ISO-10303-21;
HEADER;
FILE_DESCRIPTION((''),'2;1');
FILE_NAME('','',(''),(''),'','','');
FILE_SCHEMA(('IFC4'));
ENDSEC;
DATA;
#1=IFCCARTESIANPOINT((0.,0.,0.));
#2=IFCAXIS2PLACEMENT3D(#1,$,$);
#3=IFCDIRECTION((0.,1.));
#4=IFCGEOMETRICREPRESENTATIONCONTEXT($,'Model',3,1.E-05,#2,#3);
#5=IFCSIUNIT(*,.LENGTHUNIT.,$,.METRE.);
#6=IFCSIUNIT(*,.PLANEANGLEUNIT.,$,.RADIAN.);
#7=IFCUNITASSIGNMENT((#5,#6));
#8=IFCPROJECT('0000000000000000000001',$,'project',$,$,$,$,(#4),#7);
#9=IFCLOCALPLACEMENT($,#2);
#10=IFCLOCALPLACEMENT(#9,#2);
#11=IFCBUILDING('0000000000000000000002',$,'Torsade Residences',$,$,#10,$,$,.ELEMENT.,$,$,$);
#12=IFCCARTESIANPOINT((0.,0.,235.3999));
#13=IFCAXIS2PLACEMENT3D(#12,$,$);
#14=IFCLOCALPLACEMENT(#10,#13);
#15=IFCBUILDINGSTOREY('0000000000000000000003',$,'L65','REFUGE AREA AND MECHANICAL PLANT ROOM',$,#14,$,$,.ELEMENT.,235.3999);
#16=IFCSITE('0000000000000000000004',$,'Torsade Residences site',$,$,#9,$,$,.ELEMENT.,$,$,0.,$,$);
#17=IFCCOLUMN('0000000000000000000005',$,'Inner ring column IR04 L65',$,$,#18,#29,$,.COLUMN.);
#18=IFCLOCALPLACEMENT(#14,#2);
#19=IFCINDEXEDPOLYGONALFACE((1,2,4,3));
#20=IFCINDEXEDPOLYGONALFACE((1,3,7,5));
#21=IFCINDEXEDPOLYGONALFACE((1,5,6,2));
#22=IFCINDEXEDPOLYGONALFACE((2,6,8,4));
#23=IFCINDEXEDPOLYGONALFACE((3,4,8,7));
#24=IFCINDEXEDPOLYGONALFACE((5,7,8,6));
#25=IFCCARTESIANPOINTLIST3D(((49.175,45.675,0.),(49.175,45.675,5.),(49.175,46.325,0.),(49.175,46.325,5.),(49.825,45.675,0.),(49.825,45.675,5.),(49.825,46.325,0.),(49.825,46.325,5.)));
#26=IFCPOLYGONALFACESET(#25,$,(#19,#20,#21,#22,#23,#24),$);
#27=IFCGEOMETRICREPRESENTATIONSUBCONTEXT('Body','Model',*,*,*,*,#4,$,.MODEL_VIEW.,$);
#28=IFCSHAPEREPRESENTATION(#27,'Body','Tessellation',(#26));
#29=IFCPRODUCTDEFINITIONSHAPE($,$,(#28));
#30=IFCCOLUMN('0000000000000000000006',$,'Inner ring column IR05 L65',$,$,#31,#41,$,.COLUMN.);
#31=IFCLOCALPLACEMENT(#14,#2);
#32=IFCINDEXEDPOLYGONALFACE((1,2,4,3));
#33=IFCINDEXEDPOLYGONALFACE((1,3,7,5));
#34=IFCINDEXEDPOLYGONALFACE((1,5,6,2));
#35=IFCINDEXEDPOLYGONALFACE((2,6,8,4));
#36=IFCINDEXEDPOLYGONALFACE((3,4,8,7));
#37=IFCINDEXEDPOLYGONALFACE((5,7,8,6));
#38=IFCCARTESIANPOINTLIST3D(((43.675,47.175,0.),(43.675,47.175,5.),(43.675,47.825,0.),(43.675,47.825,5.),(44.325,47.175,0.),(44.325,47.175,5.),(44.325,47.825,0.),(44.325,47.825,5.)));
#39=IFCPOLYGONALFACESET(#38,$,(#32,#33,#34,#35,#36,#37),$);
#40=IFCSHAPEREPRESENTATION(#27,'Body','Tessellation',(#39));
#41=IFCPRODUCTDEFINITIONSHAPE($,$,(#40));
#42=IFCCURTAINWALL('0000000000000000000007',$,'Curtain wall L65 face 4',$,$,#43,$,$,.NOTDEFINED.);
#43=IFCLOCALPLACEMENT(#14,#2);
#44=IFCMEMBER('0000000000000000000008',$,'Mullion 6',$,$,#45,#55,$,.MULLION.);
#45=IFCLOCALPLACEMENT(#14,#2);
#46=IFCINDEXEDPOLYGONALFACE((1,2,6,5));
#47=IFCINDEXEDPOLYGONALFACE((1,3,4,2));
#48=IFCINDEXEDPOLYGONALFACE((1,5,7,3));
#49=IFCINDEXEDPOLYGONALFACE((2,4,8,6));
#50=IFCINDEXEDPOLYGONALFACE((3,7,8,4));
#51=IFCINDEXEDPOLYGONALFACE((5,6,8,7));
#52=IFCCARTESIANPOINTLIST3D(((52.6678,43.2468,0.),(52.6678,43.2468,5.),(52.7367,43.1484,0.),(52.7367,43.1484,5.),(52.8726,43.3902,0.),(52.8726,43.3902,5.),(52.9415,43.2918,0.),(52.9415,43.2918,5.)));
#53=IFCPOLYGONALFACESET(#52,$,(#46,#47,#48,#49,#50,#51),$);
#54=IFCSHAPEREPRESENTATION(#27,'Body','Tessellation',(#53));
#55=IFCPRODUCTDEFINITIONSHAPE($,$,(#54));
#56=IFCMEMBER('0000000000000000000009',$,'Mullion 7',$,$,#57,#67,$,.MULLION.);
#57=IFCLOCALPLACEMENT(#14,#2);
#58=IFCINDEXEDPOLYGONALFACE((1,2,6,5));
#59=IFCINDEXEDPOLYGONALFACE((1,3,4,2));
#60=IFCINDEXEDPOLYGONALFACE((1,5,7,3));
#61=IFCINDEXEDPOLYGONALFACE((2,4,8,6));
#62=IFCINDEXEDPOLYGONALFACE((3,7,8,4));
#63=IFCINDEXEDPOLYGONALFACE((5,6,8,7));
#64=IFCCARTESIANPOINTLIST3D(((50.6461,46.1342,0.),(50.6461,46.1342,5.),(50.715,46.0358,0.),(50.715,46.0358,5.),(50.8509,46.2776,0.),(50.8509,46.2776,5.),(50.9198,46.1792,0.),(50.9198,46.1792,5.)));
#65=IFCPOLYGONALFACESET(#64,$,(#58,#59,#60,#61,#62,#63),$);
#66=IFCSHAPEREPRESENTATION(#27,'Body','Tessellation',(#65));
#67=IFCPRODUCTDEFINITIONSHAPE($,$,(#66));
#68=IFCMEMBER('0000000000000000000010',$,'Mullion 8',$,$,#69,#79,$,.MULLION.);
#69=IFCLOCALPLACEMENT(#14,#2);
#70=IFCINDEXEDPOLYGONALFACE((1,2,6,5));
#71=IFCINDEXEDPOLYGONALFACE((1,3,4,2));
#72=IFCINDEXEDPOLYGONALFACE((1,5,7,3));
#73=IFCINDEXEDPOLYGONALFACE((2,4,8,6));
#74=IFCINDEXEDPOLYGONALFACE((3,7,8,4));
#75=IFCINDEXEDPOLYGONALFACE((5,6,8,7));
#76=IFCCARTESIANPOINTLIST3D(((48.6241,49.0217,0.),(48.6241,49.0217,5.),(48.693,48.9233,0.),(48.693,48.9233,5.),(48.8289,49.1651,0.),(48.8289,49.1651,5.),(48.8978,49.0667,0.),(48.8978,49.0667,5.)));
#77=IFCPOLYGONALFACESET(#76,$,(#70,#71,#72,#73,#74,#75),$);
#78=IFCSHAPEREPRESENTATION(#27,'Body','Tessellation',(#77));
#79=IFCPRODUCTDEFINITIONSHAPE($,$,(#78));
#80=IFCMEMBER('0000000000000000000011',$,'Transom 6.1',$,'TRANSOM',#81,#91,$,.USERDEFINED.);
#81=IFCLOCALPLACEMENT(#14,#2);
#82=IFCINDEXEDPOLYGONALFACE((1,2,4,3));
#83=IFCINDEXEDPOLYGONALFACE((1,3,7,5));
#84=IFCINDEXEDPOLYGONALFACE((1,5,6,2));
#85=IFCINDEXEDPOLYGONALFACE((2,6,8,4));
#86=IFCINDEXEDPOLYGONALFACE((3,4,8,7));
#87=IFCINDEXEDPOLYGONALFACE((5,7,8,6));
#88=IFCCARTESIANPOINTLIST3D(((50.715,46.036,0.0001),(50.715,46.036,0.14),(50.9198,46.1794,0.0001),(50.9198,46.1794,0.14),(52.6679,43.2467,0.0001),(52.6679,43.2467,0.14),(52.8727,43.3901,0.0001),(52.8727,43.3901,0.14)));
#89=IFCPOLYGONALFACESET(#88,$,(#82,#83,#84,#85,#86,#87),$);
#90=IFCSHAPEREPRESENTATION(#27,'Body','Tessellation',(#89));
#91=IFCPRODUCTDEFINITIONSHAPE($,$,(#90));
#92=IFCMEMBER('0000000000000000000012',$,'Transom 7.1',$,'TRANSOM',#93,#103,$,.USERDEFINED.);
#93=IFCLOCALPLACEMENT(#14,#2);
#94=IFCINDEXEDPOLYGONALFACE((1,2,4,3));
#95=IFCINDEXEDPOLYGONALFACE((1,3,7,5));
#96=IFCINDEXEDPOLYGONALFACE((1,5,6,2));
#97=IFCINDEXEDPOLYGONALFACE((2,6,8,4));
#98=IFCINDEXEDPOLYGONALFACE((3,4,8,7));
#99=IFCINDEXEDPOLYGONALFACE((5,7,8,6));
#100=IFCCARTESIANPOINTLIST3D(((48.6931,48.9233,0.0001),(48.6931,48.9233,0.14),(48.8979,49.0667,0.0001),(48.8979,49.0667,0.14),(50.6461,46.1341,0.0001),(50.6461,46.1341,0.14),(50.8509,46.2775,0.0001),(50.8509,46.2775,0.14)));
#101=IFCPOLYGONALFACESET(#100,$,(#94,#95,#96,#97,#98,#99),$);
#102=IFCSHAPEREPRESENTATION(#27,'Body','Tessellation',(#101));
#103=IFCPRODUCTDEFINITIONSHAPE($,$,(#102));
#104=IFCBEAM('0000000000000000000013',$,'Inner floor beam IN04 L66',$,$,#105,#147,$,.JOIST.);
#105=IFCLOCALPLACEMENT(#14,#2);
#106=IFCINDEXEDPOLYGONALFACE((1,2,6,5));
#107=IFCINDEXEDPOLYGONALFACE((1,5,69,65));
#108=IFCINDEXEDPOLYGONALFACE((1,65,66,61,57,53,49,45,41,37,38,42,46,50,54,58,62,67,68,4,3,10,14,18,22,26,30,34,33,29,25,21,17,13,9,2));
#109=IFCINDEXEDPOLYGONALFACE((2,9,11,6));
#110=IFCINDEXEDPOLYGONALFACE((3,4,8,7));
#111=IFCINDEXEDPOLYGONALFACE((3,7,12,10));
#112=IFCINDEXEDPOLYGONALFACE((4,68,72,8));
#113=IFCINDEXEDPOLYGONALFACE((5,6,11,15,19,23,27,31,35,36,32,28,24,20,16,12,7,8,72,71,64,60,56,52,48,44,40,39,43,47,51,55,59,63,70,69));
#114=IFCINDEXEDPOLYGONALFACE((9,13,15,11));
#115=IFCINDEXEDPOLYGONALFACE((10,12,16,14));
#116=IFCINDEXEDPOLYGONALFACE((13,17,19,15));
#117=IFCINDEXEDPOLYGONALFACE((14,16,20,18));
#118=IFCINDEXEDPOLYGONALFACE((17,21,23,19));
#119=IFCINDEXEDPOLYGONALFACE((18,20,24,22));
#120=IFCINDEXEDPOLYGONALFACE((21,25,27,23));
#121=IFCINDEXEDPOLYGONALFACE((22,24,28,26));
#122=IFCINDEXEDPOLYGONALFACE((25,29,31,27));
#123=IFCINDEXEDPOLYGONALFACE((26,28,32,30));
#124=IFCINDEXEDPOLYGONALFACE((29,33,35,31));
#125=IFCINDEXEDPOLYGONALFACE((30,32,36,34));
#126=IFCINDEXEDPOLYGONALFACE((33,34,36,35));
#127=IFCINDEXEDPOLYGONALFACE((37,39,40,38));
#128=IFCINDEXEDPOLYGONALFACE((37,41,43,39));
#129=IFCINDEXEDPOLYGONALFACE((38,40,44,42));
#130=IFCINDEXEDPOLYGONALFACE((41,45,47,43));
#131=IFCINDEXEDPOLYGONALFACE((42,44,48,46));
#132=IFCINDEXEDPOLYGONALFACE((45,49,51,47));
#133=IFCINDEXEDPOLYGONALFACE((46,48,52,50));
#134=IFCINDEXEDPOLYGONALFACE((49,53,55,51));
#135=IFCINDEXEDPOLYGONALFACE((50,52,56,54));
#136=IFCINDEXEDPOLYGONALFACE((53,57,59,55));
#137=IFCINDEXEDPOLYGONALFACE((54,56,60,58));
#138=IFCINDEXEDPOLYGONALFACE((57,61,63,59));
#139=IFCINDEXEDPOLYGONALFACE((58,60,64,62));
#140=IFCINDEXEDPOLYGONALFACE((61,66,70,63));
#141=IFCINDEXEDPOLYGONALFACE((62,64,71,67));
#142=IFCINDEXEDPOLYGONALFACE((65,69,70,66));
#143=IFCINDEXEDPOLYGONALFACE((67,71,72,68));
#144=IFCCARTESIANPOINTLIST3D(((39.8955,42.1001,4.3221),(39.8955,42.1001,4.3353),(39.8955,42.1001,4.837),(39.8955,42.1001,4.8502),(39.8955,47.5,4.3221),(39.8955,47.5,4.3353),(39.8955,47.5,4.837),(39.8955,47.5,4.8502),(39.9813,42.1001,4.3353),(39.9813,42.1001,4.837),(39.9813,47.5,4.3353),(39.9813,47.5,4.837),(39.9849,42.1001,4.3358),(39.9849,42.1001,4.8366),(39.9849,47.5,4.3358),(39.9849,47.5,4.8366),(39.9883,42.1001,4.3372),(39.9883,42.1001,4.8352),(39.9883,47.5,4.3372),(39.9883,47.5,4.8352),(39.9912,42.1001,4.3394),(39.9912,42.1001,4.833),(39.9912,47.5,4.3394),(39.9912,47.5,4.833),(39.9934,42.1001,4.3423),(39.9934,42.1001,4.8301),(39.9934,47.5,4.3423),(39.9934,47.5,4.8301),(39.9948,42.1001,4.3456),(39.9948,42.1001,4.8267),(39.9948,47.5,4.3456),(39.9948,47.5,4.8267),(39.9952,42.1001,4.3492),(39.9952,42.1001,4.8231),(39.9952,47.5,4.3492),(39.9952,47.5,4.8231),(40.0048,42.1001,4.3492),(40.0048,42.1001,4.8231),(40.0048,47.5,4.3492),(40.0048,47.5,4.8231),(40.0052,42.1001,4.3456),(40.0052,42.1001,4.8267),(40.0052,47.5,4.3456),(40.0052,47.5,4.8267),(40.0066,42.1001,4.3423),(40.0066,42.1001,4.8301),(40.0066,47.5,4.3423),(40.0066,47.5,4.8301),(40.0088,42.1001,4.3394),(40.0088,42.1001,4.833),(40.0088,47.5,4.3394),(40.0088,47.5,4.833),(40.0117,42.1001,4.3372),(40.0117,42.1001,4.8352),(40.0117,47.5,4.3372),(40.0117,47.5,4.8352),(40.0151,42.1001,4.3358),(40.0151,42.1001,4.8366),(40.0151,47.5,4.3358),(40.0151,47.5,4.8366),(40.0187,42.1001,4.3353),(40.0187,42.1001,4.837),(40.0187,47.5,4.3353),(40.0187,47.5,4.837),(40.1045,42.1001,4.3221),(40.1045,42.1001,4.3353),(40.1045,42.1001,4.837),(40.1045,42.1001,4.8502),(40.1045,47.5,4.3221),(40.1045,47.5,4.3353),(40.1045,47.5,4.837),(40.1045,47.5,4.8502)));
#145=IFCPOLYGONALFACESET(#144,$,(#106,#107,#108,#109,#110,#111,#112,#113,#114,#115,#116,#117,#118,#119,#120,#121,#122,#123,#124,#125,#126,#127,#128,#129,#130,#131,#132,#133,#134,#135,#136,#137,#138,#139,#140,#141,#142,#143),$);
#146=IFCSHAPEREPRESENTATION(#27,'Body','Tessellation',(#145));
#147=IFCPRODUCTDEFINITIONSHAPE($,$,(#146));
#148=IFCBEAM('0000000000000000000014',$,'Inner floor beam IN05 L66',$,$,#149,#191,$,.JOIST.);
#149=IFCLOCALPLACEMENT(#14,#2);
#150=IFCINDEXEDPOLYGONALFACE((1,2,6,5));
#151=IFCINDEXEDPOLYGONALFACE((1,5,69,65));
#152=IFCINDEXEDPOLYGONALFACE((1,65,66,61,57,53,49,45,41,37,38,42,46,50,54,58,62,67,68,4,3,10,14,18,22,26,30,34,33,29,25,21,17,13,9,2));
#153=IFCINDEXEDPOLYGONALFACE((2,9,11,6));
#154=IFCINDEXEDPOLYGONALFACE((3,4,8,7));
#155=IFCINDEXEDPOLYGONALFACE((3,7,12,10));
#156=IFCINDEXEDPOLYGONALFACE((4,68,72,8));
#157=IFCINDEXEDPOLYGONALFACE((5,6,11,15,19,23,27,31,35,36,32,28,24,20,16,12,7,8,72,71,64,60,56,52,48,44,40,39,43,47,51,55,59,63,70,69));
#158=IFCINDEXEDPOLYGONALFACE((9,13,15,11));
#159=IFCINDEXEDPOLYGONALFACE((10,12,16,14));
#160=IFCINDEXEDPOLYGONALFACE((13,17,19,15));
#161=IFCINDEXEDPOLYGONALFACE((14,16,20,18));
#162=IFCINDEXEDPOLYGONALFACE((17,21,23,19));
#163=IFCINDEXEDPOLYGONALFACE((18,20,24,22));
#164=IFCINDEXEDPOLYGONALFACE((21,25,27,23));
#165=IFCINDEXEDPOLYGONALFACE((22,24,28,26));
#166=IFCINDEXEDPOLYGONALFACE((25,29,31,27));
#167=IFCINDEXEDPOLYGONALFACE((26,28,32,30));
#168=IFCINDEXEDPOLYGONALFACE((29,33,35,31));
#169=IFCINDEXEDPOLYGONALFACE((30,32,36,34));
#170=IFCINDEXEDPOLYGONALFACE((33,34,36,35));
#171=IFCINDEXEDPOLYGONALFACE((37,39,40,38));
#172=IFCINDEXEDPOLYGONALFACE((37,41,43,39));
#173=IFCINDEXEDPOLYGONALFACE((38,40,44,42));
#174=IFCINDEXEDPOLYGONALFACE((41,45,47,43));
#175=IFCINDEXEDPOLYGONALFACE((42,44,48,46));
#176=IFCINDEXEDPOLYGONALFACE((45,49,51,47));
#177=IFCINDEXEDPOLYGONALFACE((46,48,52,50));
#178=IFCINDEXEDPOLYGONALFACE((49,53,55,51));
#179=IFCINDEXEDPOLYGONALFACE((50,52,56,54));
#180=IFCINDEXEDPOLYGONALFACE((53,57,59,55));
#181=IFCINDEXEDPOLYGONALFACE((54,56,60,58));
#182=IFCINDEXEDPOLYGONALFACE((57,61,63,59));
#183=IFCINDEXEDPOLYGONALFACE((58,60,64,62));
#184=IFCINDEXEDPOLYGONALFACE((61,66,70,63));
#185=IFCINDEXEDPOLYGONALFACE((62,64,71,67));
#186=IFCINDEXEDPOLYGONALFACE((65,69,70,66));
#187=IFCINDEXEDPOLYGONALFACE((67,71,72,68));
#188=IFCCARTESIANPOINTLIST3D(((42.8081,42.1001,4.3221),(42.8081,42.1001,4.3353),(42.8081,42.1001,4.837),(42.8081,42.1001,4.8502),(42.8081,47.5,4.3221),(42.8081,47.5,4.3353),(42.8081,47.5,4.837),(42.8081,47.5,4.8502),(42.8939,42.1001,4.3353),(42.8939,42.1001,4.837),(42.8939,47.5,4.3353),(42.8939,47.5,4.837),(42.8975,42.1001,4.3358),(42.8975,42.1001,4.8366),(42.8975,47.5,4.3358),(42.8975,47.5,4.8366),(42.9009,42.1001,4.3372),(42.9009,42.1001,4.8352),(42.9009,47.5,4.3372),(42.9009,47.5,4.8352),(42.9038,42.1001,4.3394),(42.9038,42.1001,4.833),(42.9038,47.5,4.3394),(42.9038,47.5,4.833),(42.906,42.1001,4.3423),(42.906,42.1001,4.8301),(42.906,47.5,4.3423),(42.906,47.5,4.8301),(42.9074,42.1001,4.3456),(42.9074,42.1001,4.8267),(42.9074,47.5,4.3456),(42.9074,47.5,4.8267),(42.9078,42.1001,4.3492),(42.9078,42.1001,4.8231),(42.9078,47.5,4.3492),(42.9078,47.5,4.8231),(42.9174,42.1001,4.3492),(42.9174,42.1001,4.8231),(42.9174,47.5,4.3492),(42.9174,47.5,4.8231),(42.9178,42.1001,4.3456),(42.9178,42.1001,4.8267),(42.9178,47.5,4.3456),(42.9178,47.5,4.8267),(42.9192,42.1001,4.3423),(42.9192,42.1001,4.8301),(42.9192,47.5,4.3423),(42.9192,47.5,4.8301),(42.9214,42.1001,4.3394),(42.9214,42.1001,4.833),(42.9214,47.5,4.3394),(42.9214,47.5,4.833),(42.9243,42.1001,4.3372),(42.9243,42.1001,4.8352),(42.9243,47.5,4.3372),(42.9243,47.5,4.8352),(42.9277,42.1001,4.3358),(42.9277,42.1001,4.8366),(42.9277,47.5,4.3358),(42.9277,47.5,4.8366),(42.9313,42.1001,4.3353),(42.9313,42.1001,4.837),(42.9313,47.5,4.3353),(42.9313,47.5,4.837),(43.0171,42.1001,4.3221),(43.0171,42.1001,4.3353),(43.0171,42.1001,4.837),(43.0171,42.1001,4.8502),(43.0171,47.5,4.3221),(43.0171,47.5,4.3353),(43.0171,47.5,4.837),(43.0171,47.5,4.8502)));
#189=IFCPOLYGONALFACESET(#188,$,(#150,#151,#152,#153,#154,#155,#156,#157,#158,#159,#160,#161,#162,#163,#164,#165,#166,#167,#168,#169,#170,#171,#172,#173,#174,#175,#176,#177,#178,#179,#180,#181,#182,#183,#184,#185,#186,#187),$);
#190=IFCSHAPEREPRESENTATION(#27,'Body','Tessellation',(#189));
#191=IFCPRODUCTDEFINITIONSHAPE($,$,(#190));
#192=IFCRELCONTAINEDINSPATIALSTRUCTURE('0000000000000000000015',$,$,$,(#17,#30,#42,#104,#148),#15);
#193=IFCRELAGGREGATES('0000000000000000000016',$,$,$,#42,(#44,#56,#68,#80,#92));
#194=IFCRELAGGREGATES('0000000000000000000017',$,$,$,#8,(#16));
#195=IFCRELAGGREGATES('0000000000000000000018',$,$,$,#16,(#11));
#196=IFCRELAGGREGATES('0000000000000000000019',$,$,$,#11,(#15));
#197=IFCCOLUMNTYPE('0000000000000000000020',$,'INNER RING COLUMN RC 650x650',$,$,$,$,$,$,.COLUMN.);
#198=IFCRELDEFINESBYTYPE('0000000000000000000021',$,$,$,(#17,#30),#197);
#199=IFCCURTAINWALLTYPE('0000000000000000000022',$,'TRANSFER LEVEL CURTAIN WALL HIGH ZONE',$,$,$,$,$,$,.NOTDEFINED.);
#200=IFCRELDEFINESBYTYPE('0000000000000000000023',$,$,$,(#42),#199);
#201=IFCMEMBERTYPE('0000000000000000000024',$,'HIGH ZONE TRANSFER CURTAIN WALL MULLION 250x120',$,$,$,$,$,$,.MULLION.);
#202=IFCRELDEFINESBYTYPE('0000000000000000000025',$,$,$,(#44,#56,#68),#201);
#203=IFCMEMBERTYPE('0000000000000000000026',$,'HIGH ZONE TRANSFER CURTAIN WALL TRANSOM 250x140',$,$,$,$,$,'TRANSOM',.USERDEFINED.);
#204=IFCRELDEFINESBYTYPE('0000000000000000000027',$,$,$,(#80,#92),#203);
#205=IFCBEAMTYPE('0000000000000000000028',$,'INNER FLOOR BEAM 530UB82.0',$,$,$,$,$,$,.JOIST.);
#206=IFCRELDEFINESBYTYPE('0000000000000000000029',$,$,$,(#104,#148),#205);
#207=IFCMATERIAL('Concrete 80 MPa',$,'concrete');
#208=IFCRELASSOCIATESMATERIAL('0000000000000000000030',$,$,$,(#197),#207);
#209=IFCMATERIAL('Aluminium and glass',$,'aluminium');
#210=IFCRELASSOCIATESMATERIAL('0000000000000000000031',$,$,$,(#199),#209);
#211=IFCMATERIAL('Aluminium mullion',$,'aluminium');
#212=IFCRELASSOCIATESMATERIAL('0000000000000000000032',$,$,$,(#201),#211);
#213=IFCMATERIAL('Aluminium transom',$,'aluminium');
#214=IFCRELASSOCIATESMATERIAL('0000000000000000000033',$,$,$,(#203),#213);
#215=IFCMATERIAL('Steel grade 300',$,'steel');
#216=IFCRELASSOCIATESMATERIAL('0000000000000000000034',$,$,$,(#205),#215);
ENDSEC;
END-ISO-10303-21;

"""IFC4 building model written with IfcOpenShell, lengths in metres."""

from ifc_helpers import new_model, si_unit, direction, frame, origin, origin_2d, place, context, subcontext, project, spatial, rectangle, i_section, extrude, material, material_profile, profile_set, type_object, element, aggregate, save


model = new_model("IFC4")

# Units and contexts
model_context = context("Model", 3, precision=1e-05, world=origin(), true_north=direction((0.0, 1.0)))
body_context = subcontext(model_context, "Body", "Model", "MODEL_VIEW")
ifc_project = project(units=[si_unit("LENGTHUNIT", "METRE"), si_unit("PLANEANGLEUNIT", "RADIAN")], contexts=[model_context])

# Site, building, storey
site_placement = place(None, origin())
site = spatial("IfcSite", under=ifc_project, at=site_placement, Name="Torsade Residences site", CompositionType="ELEMENT", RefElevation=0.0)
building_placement = place(site_placement, origin())
building = spatial("IfcBuilding", under=site, at=building_placement, Name="Torsade Residences", CompositionType="ELEMENT")
storey_placement = place(building_placement, frame((0.0, 0.0, 235.3999)))
storey = spatial("IfcBuildingStorey", under=building, at=storey_placement, Name="L65", Description="REFUGE AREA AND MECHANICAL PLANT ROOM", CompositionType="ELEMENT", Elevation=235.3999)

# Columns
ifc_material_1 = material(Name="Concrete 80 MPa", Category="concrete")
ifc_material_profile_1 = material_profile(ifc_material_1, rectangle(XDim=0.6499, YDim=0.6499, at=origin_2d()), Name="RC 650x650")
ifc_profile_set_1 = profile_set([ifc_material_profile_1], Name="Concrete 80 MPa")
column_type = type_object("IfcColumnType", Name="INNER RING COLUMN RC 650x650", PredefinedType="COLUMN", material=ifc_profile_set_1)
for number, where, z_axis, x_axis, name in (
    (1, (49.5, 46.0, 0.0), (0.0, 0.0, 1.0), (1.0, 0.0, 0.0), "Inner ring column IR04 L65"),
    (2, (44.0, 47.5, 0.0), (0.0, 0.0, 1.0), (1.0, 0.0, 0.0), "Inner ring column IR05 L65"),
):
    element("IfcColumn", number, at=place(storey_placement, frame(where, z_axis=z_axis, x_axis=x_axis)), inside=storey, type_object=column_type, Name=name, PredefinedType="COLUMN", context=body_context, shape_type="SweptSolid", body=[
        extrude(rectangle(XDim=0.6499, YDim=0.6499, at=origin_2d()), origin(), (0.0, 0.0, 1.0), 5.0),
    ])

# Curtain wall, members
ifc_material_2 = material(Name="Aluminium and glass", Category="aluminium")
curtain_wall_type = type_object("IfcCurtainWallType", Name="TRANSFER LEVEL CURTAIN WALL HIGH ZONE", PredefinedType="NOTDEFINED", material=ifc_material_2)
curtain_wall_placement = place(storey_placement, origin())
curtain_wall = element("IfcCurtainWall", 3, at=curtain_wall_placement, inside=storey, type_object=curtain_wall_type, Name="Curtain wall L65 face 4", PredefinedType="NOTDEFINED")
ifc_material_3 = material(Name="Aluminium mullion", Category="aluminium")
ifc_material_profile_2 = material_profile(ifc_material_3, rectangle(XDim=0.25, YDim=0.1201, at=origin_2d()), Name="HIGH ZONE TRANSFER CURTAIN WALL MULLION 250x120")
ifc_profile_set_2 = profile_set([ifc_material_profile_2], Name="Aluminium mullion")
member_type_1 = type_object("IfcMemberType", Name="HIGH ZONE TRANSFER CURTAIN WALL MULLION 250x120", PredefinedType="MULLION", material=ifc_profile_set_2)
member_1_placement = place(storey_placement, frame((52.8047, 43.2693, 0.0), z_axis=(0.0, 0.0, 1.0), x_axis=(-0.819152, -0.573576, 0.0)))
member_1 = element("IfcMember", 4, at=member_1_placement, type_object=member_type_1, Name="Mullion 6", PredefinedType="MULLION", context=body_context, shape_type="SweptSolid", body=[
    extrude(rectangle(XDim=0.25, YDim=0.1201, at=origin_2d()), origin(), (0.0, 0.0, 1.0), 5.0),
])
member_2_placement = place(storey_placement, frame((50.783, 46.1567, 0.0), z_axis=(0.0, 0.0, 1.0), x_axis=(-0.819152, -0.573576, 0.0)))
member_2 = element("IfcMember", 5, at=member_2_placement, type_object=member_type_1, Name="Mullion 7", PredefinedType="MULLION", context=body_context, shape_type="SweptSolid", body=[
    extrude(rectangle(XDim=0.25, YDim=0.1201, at=origin_2d()), origin(), (0.0, 0.0, 1.0), 5.0),
])
member_3_placement = place(storey_placement, frame((48.761, 49.0442, 0.0), z_axis=(0.0, 0.0, 1.0), x_axis=(-0.819152, -0.573576, 0.0)))
member_3 = element("IfcMember", 6, at=member_3_placement, type_object=member_type_1, Name="Mullion 8", PredefinedType="MULLION", context=body_context, shape_type="SweptSolid", body=[
    extrude(rectangle(XDim=0.25, YDim=0.1201, at=origin_2d()), origin(), (0.0, 0.0, 1.0), 5.0),
])
ifc_material_4 = material(Name="Aluminium transom", Category="aluminium")
ifc_material_profile_3 = material_profile(ifc_material_4, rectangle(XDim=0.25, YDim=0.1399, at=origin_2d()), Name="HIGH ZONE TRANSFER CURTAIN WALL TRANSOM 250x140")
ifc_profile_set_3 = profile_set([ifc_material_profile_3], Name="Aluminium transom")
member_type_2 = type_object("IfcMemberType", Name="HIGH ZONE TRANSFER CURTAIN WALL TRANSOM 250x140", ElementType="TRANSOM", PredefinedType="USERDEFINED", material=ifc_profile_set_3)
member_4_placement = place(storey_placement, frame((52.7703, 43.3184, 0.0701), z_axis=(-0.573535, 0.819181, 0.0), x_axis=(-0.819181, -0.573535, 0.0)))
member_4 = element("IfcMember", 7, at=member_4_placement, type_object=member_type_2, Name="Transom 6.1", ObjectType="TRANSOM", PredefinedType="USERDEFINED", context=body_context, shape_type="SweptSolid", body=[
    extrude(rectangle(XDim=0.25, YDim=0.1399, at=origin_2d()), origin(), (0.0, 0.0, 1.0), 3.405),
])
member_5_placement = place(storey_placement, frame((50.7485, 46.2058, 0.0701), z_axis=(-0.573583, 0.819148, 0.0), x_axis=(-0.819148, -0.573583, 0.0)))
member_5 = element("IfcMember", 8, at=member_5_placement, type_object=member_type_2, Name="Transom 7.1", ObjectType="TRANSOM", PredefinedType="USERDEFINED", context=body_context, shape_type="SweptSolid", body=[
    extrude(rectangle(XDim=0.25, YDim=0.1399, at=origin_2d()), origin(), (0.0, 0.0, 1.0), 3.405),
])

# Beams
ifc_material_5 = material(Name="Steel grade 300", Category="steel")
ifc_material_profile_4 = material_profile(ifc_material_5, i_section(OverallWidth=0.209, OverallDepth=0.5281, WebThickness=0.0095, FlangeThickness=0.0132, FilletRadius=0.0139, at=origin_2d()), Name="530UB82.0")
ifc_profile_set_4 = profile_set([ifc_material_profile_4], Name="Steel grade 300")
beam_type_1 = type_object("IfcBeamType", Name="INNER FLOOR BEAM 530UB82.0", PredefinedType="JOIST", material=ifc_profile_set_4)
for number, where, z_axis, x_axis, name in (
    (9, (40.0, 42.1001, 4.5862), (0.0, 1.0, 0.0), (-1.0, 0.0, 0.0), "Inner floor beam IN04 L66"),
    (10, (42.9126, 42.1001, 4.5862), (0.0, 1.0, 0.0), (-1.0, 0.0, 0.0), "Inner floor beam IN05 L66"),
):
    element("IfcBeam", number, at=place(storey_placement, frame(where, z_axis=z_axis, x_axis=x_axis)), inside=storey, type_object=beam_type_1, Name=name, PredefinedType="JOIST", context=body_context, shape_type="SweptSolid", body=[
        extrude(i_section(OverallWidth=0.209, OverallDepth=0.5281, WebThickness=0.0095, FlangeThickness=0.0132, FilletRadius=0.0139, at=origin_2d()), origin(), (0.0, 0.0, 1.0), 5.3999),
    ])

aggregate(curtain_wall, [member_1, member_2, member_3, member_4, member_5])

save(model, "model.ifc")
